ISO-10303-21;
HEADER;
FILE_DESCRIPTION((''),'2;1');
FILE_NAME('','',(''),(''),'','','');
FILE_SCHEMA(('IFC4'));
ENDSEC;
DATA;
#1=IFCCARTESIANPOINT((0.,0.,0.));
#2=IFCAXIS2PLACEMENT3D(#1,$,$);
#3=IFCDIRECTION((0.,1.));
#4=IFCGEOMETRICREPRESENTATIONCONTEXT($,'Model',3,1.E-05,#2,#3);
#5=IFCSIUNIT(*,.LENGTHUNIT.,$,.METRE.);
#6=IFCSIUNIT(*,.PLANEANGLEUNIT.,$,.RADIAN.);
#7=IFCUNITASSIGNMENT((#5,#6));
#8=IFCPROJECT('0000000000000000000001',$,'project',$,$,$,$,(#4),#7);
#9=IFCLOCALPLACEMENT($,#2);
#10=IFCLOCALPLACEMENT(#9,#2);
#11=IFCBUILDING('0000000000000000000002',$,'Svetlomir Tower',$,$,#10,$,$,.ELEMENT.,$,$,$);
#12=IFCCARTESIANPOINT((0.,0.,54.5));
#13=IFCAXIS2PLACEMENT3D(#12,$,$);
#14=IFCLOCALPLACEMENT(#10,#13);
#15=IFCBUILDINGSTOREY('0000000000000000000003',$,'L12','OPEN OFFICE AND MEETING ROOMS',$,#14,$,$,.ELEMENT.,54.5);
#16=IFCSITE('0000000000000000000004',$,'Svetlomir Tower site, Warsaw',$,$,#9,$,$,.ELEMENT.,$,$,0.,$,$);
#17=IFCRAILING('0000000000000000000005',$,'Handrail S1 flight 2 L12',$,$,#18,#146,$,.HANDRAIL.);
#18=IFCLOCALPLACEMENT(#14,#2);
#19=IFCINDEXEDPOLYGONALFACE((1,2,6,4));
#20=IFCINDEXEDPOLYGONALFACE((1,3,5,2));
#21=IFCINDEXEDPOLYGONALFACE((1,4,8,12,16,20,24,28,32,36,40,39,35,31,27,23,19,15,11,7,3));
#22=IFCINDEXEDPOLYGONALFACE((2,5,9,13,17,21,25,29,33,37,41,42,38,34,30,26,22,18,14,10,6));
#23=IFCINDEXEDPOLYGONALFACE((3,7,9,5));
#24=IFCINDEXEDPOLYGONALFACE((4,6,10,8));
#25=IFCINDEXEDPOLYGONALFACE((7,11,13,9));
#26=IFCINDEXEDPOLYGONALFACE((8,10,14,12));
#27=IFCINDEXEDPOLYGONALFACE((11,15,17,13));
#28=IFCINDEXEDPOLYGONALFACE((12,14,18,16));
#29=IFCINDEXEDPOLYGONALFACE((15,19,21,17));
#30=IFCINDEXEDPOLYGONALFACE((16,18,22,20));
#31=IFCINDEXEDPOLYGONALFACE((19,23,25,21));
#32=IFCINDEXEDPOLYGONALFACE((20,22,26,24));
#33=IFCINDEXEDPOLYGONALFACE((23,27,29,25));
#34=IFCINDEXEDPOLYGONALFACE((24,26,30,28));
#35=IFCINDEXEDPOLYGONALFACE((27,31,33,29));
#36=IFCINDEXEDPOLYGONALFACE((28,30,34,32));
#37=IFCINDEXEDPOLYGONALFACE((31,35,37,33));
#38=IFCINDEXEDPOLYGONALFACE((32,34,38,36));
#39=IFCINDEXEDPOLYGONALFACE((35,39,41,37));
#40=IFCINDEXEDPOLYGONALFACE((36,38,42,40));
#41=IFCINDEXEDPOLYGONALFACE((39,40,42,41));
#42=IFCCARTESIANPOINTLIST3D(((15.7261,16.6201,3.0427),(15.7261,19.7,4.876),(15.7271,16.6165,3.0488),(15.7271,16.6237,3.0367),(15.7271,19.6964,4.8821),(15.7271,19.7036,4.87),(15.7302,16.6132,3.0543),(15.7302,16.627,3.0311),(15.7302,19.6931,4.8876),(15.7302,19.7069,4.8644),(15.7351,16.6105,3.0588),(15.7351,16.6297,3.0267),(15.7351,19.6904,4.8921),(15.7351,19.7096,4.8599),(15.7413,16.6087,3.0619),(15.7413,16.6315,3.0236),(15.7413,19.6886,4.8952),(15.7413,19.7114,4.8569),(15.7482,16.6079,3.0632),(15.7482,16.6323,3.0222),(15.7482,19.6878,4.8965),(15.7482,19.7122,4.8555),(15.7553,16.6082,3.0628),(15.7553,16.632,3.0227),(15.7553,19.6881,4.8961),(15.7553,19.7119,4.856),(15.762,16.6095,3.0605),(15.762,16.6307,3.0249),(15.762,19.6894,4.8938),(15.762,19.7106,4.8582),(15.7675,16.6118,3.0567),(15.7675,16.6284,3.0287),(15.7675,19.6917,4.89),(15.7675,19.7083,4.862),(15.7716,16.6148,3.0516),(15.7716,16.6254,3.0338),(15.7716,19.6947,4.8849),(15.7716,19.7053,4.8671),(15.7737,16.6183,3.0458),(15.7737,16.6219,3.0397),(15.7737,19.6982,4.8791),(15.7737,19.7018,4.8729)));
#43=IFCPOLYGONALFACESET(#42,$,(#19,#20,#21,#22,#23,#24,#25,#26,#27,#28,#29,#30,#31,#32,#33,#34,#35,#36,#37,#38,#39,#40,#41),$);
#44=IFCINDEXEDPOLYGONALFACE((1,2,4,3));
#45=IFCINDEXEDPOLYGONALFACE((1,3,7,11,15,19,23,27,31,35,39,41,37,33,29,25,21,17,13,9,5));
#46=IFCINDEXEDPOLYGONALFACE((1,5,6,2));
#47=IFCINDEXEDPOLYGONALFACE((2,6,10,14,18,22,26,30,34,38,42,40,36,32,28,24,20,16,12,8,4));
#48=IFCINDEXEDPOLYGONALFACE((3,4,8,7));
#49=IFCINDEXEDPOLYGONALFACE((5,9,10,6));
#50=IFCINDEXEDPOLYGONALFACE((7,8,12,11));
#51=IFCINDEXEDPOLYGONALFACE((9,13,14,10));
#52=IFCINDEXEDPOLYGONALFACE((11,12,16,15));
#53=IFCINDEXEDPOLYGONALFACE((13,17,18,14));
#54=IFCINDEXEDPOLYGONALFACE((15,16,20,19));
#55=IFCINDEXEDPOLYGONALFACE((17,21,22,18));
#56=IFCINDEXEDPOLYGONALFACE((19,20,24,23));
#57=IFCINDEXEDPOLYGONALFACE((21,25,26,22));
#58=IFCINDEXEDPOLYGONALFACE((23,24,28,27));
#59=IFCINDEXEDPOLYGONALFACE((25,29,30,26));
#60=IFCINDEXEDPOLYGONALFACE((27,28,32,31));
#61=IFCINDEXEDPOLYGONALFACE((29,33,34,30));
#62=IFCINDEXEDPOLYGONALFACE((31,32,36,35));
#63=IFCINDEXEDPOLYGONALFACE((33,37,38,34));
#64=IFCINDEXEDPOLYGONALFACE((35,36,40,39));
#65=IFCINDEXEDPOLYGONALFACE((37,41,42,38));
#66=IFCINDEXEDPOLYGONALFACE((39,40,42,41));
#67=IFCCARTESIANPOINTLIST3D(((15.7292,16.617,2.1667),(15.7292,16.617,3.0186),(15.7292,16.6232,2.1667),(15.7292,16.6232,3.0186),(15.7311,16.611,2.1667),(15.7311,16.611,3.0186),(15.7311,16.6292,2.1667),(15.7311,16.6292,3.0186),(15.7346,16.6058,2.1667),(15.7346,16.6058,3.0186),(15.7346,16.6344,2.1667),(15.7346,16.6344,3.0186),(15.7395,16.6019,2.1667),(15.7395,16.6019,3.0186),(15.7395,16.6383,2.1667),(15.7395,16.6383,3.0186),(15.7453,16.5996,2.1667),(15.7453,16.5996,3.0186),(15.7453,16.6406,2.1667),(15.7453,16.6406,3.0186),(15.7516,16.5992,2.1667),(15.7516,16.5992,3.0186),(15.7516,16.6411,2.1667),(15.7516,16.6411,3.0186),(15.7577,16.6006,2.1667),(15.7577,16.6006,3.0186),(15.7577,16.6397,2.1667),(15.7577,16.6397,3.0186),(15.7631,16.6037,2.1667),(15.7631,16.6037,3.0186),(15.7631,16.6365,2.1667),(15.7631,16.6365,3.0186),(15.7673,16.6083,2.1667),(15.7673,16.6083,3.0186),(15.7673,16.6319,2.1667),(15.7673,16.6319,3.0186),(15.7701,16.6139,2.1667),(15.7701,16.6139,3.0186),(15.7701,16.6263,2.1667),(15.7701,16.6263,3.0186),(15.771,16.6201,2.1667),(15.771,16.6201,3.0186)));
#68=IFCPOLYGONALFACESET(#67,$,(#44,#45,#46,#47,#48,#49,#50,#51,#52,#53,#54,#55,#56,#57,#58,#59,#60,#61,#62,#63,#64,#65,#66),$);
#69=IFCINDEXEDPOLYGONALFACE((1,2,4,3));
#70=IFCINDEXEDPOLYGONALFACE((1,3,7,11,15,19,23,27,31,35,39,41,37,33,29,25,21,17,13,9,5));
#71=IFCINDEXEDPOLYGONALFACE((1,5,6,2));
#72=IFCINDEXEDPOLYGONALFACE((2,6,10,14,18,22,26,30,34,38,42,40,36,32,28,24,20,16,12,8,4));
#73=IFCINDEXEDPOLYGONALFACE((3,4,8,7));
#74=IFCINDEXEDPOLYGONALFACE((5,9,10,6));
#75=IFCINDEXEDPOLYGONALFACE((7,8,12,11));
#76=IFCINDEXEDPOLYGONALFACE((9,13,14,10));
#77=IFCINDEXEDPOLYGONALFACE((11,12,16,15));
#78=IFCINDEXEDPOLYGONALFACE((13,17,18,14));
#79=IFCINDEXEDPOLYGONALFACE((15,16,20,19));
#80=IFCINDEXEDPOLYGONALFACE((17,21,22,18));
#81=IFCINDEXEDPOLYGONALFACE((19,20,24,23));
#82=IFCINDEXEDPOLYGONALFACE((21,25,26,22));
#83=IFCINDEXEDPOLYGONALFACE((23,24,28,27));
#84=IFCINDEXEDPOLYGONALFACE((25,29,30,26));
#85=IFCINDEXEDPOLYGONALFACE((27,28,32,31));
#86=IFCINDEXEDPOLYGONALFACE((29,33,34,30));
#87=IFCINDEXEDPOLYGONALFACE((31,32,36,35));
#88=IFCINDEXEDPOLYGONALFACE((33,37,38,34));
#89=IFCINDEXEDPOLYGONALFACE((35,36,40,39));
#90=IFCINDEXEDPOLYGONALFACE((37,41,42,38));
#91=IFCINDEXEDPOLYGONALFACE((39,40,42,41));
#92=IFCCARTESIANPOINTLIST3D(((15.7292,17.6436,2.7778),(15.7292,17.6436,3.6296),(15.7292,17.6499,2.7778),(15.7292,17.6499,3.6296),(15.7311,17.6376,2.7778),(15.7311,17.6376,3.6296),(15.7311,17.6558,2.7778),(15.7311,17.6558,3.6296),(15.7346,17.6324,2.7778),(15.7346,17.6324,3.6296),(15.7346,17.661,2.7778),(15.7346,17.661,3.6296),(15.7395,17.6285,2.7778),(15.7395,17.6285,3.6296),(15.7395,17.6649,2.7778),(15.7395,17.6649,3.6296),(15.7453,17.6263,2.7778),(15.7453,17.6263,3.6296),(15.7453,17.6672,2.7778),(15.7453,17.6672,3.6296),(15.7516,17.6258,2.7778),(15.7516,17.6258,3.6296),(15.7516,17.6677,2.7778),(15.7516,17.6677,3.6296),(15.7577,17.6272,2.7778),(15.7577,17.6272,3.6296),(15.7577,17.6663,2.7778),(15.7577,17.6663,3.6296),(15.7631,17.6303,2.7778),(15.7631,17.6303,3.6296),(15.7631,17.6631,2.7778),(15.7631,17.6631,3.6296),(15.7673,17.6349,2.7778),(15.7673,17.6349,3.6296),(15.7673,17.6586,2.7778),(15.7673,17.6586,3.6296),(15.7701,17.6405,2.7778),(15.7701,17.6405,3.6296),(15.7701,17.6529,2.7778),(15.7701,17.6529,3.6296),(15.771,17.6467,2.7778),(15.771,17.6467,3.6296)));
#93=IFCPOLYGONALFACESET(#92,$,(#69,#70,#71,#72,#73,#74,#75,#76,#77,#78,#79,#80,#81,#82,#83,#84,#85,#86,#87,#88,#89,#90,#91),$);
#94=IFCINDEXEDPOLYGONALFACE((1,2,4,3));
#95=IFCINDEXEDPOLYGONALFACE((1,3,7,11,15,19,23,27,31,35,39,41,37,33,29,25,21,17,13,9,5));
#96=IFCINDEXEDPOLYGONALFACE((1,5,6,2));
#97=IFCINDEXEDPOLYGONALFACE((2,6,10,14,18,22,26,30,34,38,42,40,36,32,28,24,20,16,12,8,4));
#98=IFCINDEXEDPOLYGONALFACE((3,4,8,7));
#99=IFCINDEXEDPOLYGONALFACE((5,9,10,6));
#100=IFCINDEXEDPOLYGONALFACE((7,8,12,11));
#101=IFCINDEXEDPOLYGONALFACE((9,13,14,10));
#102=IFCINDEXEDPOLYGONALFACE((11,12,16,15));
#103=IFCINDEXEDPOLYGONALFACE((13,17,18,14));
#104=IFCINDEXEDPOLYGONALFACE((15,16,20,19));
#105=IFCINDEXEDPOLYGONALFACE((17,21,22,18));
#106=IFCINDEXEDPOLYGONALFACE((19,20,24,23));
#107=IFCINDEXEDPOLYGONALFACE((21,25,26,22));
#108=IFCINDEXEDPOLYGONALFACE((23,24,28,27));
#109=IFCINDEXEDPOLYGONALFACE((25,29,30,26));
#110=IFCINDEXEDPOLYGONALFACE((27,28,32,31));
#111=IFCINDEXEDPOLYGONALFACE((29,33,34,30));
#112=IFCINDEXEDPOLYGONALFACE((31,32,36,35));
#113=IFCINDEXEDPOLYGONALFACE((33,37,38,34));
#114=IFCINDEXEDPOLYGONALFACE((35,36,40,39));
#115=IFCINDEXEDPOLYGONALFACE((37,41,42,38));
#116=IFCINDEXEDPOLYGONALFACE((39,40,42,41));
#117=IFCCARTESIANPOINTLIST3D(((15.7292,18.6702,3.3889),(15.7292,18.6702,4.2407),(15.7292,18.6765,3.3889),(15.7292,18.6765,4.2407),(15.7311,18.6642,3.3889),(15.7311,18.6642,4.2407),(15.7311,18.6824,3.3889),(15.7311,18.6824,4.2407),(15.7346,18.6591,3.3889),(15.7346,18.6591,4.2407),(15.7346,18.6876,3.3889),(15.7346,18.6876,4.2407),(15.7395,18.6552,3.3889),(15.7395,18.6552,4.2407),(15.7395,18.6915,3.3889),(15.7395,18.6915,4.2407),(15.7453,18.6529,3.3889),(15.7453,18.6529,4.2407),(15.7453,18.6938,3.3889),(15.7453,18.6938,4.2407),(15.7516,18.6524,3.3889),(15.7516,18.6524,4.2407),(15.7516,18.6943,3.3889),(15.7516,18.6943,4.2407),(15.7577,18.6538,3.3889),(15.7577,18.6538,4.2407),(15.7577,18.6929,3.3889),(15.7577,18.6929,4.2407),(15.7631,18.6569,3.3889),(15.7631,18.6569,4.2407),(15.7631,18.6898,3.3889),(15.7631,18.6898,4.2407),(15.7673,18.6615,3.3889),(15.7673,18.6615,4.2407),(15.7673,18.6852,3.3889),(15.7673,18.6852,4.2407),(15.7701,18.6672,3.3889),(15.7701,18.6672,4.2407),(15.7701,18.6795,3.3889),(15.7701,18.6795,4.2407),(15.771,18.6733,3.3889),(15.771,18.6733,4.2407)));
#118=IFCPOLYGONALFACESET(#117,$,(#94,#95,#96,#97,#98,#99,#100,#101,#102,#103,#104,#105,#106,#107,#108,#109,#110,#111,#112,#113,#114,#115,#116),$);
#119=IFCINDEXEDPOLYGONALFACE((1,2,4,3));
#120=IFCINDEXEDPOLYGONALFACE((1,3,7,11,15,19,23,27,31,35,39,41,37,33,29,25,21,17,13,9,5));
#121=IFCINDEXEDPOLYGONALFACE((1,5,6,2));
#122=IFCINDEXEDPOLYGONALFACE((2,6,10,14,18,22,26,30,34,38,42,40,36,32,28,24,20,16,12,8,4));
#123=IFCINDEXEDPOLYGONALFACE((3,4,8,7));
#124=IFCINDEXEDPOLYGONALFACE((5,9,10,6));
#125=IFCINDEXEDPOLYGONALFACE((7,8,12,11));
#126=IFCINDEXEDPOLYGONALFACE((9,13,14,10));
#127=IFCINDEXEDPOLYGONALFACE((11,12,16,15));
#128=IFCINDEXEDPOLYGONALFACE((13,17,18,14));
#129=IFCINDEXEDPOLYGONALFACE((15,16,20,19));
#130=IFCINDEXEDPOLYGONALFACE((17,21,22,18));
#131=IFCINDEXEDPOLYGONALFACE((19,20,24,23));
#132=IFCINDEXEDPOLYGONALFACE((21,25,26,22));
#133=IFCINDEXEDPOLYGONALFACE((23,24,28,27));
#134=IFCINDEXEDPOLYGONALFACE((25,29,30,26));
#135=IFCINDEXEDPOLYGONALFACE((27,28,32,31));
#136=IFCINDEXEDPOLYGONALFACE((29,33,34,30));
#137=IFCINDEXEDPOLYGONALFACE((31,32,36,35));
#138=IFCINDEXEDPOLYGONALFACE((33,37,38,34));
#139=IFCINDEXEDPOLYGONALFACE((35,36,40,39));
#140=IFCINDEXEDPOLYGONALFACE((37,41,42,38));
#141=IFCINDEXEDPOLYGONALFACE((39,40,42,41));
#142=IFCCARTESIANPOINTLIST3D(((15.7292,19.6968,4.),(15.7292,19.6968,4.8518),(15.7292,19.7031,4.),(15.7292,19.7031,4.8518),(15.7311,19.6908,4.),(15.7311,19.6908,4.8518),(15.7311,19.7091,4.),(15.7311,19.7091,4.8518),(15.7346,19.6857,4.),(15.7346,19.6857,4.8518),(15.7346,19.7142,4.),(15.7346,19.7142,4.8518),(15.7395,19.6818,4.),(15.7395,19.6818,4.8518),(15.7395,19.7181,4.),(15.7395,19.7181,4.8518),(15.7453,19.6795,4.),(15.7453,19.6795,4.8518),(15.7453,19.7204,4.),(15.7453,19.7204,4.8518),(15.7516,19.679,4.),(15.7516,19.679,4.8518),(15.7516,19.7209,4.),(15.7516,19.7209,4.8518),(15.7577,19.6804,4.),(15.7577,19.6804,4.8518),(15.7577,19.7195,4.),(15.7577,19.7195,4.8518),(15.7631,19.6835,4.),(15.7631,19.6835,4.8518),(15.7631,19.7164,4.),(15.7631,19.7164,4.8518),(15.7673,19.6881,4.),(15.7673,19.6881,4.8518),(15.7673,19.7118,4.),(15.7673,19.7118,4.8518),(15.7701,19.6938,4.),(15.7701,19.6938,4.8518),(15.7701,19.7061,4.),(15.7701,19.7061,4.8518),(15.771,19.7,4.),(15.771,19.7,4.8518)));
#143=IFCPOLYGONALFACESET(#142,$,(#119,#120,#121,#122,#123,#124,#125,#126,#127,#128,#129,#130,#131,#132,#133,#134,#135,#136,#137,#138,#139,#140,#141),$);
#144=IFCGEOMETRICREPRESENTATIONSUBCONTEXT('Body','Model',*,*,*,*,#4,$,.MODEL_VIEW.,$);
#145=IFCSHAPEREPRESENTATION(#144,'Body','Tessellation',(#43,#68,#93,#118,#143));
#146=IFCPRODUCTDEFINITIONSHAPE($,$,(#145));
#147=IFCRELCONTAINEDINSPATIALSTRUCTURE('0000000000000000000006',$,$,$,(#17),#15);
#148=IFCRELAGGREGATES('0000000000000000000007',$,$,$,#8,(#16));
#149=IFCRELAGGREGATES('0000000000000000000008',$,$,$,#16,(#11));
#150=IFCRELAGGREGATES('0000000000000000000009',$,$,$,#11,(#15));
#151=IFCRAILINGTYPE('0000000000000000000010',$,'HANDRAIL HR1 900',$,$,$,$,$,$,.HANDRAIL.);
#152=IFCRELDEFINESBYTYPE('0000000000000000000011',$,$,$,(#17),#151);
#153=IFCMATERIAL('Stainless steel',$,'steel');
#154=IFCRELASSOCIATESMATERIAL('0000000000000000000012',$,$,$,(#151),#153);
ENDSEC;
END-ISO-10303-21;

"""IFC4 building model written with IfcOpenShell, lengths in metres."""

from ifc_helpers import new_model, si_unit, direction, frame, origin, origin_2d, place, context, subcontext, project, spatial, circle, extrude, material, type_object, element, save


model = new_model("IFC4")

# Units and contexts
model_context = context("Model", 3, precision=1e-05, world=origin(), true_north=direction((0.0, 1.0)))
body_context = subcontext(model_context, "Body", "Model", "MODEL_VIEW")
ifc_project = project(units=[si_unit("LENGTHUNIT", "METRE"), si_unit("PLANEANGLEUNIT", "RADIAN")], contexts=[model_context])

# Site, building, storey
site_placement = place(None, origin())
site = spatial("IfcSite", under=ifc_project, at=site_placement, Name="Svetlomir Tower site, Warsaw", CompositionType="ELEMENT", RefElevation=0.0)
building_placement = place(site_placement, origin())
building = spatial("IfcBuilding", under=site, at=building_placement, Name="Svetlomir Tower", CompositionType="ELEMENT")
storey_placement = place(building_placement, frame((0.0, 0.0, 54.5)))
storey = spatial("IfcBuildingStorey", under=building, at=storey_placement, Name="L12", Description="OPEN OFFICE AND MEETING ROOMS", CompositionType="ELEMENT", Elevation=54.5)

# Railing
ifc_material_1 = material(Name="Stainless steel", Category="steel")
railing_type = type_object("IfcRailingType", Name="HANDRAIL HR1 900", PredefinedType="HANDRAIL", material=ifc_material_1)
railing_placement = place(storey_placement, frame((15.75, 16.6201, 2.1667)))
element("IfcRailing", 1, at=railing_placement, inside=storey, type_object=railing_type, Name="Handrail S1 flight 2 L12", PredefinedType="HANDRAIL", context=body_context, shape_type="SweptSolid", body=[
    extrude(circle(Radius=0.0239, at=origin_2d()), frame((0.0, 0.0, 0.876), z_axis=(0.0, 0.859291, 0.511487), x_axis=(-1.0, 0.0, 0.0)), (0.0, 0.0, 1.0), 3.5842),
    extrude(circle(Radius=0.021, at=origin_2d()), origin(), (0.0, 0.0, 1.0), 0.8518),
    extrude(circle(Radius=0.021, at=origin_2d()), frame((0.0, 1.0266, 0.6111)), (0.0, 0.0, 1.0), 0.8518),
    extrude(circle(Radius=0.021, at=origin_2d()), frame((0.0, 2.0532, 1.2222)), (0.0, 0.0, 1.0), 0.8518),
    extrude(circle(Radius=0.021, at=origin_2d()), frame((0.0, 3.0798, 1.8333)), (0.0, 0.0, 1.0), 0.8518),
])

save(model, "model.ifc")
